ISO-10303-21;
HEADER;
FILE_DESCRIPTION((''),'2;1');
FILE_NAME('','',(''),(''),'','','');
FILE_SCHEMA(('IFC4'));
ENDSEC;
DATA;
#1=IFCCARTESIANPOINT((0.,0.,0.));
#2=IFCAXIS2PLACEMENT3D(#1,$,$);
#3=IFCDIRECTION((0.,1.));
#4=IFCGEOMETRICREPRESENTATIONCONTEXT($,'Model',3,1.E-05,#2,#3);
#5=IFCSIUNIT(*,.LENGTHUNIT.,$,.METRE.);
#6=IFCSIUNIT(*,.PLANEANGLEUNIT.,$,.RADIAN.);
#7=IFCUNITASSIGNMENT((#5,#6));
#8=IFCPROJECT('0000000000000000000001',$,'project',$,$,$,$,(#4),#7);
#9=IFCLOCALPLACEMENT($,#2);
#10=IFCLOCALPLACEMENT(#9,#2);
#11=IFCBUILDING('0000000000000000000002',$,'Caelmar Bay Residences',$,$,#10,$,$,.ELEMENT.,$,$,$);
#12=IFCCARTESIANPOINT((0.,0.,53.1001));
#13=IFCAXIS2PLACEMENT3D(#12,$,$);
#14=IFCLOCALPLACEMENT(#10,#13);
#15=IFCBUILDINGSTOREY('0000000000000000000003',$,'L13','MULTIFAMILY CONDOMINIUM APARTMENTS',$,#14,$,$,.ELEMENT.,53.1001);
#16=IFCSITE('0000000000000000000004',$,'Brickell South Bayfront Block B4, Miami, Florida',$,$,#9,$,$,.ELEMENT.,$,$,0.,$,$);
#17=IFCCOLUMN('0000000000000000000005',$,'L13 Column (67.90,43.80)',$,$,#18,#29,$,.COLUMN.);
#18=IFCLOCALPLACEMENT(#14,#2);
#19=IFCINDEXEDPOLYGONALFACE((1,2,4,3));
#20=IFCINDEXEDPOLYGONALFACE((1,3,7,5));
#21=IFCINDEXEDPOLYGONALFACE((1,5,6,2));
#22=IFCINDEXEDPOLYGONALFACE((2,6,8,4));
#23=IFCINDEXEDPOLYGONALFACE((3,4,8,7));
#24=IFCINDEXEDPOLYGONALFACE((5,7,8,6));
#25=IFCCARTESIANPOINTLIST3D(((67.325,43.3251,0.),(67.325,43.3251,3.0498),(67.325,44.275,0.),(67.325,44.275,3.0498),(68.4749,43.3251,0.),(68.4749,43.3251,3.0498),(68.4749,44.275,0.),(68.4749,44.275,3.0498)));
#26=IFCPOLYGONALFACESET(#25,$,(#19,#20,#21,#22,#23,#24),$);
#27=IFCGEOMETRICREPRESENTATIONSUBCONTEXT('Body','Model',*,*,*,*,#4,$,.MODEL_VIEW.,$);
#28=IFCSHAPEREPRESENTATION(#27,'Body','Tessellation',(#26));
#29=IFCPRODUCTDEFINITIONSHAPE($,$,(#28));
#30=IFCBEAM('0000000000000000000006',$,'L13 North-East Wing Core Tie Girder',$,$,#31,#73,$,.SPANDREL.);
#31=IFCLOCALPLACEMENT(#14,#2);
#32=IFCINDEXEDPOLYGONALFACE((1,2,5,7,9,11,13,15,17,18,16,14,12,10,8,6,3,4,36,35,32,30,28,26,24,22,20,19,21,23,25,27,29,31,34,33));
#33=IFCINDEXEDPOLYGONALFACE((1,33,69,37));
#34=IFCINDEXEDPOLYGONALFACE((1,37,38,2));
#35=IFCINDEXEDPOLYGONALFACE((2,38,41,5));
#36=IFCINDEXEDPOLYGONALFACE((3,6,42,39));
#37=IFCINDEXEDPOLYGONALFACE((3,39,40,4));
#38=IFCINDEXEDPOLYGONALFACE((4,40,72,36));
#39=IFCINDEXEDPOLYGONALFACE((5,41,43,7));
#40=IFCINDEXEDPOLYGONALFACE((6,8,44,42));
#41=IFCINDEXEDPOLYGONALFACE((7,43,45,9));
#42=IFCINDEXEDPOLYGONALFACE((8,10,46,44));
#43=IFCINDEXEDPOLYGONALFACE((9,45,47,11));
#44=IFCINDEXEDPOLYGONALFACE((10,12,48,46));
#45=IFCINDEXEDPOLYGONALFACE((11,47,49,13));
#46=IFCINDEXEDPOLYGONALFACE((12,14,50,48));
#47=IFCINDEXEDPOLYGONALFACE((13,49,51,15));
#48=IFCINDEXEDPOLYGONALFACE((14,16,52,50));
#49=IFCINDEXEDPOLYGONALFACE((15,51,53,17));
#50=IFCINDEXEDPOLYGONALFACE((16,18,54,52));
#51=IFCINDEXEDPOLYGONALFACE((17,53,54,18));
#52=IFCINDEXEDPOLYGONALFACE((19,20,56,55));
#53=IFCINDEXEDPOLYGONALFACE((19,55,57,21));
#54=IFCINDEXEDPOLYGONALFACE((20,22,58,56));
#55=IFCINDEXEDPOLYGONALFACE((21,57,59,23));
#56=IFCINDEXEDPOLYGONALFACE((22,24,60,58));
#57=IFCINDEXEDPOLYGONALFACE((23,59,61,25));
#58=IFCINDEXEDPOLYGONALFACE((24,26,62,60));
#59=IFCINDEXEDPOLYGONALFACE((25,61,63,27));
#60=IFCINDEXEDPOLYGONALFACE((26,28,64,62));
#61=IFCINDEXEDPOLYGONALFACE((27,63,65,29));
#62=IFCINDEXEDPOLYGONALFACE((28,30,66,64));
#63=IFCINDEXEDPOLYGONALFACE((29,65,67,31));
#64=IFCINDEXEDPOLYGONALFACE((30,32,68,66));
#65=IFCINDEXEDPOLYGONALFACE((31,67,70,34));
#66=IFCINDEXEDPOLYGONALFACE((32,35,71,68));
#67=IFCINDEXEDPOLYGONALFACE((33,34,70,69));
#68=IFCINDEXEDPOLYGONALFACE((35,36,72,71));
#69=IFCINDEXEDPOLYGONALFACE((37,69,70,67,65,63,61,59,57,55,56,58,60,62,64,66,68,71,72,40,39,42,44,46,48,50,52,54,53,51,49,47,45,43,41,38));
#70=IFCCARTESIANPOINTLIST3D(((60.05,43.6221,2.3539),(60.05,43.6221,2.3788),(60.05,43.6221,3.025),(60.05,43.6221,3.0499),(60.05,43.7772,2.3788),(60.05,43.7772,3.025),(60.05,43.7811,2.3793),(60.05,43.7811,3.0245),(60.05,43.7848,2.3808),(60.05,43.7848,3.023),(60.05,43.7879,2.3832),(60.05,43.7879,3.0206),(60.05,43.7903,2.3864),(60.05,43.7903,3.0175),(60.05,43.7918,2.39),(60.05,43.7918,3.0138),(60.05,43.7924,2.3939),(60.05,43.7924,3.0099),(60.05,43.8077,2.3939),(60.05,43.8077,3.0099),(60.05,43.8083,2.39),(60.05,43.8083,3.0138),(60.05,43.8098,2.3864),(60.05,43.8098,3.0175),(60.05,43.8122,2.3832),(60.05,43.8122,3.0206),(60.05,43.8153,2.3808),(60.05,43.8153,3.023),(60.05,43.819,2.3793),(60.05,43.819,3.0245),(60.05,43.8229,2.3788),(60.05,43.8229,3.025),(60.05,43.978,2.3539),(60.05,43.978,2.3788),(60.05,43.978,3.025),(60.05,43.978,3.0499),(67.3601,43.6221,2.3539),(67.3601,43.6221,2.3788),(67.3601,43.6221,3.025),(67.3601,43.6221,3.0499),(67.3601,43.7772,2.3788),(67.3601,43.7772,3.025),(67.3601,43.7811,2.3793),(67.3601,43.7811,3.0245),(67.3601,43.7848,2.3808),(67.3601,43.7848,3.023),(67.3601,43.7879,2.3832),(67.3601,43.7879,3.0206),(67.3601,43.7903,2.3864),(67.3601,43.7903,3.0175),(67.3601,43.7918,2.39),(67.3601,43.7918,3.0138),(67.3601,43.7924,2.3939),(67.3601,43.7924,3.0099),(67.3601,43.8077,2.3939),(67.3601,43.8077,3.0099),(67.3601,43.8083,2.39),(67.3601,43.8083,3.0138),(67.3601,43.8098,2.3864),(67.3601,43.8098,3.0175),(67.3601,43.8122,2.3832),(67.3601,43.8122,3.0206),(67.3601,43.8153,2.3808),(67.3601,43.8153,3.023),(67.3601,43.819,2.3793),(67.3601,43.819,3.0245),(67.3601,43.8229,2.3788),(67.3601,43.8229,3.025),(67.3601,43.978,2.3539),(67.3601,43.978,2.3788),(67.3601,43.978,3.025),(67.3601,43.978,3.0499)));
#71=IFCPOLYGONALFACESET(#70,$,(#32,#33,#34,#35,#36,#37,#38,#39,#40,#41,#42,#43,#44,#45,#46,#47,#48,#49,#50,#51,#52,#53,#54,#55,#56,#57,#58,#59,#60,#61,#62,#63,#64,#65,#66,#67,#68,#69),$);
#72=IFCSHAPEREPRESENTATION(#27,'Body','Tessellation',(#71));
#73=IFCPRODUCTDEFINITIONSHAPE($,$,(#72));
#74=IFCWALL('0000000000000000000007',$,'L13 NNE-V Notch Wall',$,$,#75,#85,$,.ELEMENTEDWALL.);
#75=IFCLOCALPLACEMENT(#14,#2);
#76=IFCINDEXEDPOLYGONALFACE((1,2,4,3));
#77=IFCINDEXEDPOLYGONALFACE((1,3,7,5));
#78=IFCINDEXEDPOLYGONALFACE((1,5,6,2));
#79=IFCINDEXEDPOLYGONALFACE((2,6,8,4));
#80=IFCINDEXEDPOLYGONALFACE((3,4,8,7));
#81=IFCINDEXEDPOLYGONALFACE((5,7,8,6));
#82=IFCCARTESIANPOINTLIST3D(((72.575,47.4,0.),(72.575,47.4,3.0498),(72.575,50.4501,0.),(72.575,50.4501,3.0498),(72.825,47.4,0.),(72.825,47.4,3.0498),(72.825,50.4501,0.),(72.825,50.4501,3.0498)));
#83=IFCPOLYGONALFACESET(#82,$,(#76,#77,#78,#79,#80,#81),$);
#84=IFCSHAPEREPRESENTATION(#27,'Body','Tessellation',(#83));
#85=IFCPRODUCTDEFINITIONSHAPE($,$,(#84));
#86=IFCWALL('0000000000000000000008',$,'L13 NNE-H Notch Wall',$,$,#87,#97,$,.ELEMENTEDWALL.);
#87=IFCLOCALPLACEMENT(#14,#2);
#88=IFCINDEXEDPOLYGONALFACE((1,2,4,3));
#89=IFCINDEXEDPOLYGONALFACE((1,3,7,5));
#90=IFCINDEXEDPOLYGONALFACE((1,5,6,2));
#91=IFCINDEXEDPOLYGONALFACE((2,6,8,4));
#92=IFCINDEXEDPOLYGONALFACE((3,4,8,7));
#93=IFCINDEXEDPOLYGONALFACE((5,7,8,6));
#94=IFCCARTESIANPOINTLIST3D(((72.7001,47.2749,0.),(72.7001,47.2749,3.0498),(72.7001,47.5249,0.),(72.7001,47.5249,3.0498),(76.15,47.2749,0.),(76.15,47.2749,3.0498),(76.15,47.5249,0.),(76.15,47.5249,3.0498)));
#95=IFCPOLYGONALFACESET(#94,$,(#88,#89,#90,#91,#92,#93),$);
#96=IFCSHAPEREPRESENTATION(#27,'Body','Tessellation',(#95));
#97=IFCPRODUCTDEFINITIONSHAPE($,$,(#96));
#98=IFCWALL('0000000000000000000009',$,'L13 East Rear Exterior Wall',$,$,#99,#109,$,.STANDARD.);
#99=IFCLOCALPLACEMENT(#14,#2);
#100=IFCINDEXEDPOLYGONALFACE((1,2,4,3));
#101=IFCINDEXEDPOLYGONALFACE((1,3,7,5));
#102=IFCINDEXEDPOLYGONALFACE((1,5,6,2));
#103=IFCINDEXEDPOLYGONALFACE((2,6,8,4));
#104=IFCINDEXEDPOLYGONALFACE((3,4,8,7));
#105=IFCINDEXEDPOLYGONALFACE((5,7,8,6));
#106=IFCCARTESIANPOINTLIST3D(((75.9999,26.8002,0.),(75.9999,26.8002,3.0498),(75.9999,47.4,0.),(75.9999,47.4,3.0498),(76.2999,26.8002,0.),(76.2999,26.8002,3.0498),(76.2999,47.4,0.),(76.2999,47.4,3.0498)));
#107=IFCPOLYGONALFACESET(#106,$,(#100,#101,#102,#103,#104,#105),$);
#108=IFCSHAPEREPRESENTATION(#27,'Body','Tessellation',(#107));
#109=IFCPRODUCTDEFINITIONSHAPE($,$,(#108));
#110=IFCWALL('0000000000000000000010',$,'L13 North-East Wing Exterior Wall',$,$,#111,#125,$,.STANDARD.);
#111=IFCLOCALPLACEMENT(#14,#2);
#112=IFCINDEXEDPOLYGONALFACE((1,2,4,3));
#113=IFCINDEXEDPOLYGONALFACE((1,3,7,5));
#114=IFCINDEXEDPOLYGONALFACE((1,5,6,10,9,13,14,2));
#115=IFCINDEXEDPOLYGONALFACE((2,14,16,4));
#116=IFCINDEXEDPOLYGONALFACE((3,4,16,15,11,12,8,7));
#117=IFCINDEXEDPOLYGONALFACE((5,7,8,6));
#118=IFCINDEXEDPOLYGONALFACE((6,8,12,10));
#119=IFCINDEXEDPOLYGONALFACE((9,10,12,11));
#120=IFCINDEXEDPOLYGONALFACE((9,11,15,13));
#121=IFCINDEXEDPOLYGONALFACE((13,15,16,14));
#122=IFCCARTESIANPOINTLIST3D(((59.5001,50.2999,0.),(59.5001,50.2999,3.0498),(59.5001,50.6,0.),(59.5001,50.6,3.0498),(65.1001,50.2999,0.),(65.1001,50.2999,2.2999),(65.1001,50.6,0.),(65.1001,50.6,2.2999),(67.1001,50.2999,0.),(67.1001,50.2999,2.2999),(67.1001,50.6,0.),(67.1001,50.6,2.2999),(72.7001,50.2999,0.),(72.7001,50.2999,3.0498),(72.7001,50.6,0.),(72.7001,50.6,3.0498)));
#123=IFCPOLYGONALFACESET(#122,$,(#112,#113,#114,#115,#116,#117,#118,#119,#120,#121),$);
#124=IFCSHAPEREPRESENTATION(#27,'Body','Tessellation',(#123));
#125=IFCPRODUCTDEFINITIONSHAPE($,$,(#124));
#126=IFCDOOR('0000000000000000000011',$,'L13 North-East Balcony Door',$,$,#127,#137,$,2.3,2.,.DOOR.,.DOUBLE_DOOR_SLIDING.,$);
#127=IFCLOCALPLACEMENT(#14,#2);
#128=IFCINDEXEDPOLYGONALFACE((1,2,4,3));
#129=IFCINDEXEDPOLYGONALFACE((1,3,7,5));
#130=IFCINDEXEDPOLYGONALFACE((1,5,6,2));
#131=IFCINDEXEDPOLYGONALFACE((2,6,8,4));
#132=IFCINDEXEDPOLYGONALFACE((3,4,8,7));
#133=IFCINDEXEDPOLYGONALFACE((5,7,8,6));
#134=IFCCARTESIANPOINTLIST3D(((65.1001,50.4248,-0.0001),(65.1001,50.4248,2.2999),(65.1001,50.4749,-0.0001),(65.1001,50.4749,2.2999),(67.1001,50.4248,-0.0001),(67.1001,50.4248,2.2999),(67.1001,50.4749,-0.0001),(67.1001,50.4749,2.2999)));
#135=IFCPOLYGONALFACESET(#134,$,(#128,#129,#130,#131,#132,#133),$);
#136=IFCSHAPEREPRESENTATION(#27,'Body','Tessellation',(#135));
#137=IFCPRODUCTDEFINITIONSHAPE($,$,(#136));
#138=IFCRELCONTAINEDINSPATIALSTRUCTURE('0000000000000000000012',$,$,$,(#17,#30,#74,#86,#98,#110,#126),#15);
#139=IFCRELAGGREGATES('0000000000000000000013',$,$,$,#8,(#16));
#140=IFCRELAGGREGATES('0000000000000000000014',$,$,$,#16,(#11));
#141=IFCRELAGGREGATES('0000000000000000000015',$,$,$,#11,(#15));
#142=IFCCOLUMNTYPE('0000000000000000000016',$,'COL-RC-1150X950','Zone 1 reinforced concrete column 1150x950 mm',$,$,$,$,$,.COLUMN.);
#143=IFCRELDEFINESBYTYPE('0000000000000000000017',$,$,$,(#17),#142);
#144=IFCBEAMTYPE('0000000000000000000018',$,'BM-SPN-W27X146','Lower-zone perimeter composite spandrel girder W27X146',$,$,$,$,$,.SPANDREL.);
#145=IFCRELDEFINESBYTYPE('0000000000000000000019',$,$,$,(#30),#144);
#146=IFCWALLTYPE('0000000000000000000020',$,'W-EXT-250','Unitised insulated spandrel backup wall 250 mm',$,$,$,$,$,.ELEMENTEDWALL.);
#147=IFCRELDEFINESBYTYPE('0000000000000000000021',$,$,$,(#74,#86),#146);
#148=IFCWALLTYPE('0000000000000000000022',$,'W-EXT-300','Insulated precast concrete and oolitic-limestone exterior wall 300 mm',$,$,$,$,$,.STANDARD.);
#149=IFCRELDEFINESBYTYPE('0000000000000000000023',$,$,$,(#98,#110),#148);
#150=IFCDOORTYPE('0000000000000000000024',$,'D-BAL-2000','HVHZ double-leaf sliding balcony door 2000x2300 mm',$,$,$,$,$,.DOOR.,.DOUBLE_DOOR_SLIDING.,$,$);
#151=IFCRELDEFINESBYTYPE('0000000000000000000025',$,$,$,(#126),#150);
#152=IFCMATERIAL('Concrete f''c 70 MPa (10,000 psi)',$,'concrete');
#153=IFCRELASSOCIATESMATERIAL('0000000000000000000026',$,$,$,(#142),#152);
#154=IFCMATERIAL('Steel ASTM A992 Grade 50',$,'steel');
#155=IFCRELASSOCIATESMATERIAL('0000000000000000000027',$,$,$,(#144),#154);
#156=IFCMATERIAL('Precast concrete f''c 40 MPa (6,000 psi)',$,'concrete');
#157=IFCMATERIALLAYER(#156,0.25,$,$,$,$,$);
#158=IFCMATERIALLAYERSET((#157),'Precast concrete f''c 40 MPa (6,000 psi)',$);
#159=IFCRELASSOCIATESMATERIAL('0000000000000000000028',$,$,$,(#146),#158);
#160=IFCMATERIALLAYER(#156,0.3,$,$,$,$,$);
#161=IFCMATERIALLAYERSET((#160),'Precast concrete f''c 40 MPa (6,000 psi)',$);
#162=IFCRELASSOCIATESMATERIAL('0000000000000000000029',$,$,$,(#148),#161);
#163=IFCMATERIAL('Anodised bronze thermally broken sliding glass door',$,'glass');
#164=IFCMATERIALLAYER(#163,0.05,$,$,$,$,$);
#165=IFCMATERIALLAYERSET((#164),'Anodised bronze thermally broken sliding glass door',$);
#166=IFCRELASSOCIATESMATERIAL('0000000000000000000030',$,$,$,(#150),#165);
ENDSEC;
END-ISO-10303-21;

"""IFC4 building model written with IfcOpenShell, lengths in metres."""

from ifc_helpers import new_model, si_unit, direction, frame, frame_2d, origin, origin_2d, place, context, subcontext, project, spatial, rectangle, i_section, extrude, material, layer, layer_set, material_profile, profile_set, type_object, element, fill, save


model = new_model("IFC4")

# Units and contexts
model_context = context("Model", 3, precision=1e-05, world=origin(), true_north=direction((0.0, 1.0)))
body_context = subcontext(model_context, "Body", "Model", "MODEL_VIEW")
ifc_project = project(units=[si_unit("LENGTHUNIT", "METRE"), si_unit("PLANEANGLEUNIT", "RADIAN")], contexts=[model_context])

# Site, building, storey
site_placement = place(None, origin())
site = spatial("IfcSite", under=ifc_project, at=site_placement, Name="Brickell South Bayfront Block B4, Miami, Florida", CompositionType="ELEMENT", RefElevation=0.0)
building_placement = place(site_placement, origin())
building = spatial("IfcBuilding", under=site, at=building_placement, Name="Caelmar Bay Residences", CompositionType="ELEMENT")
storey_placement = place(building_placement, frame((0.0, 0.0, 53.1001)))
storey = spatial("IfcBuildingStorey", under=building, at=storey_placement, Name="L13", Description="MULTIFAMILY CONDOMINIUM APARTMENTS", CompositionType="ELEMENT", Elevation=53.1001)

# Column
ifc_material_1 = material(Name="Concrete f'c 70 MPa (10,000 psi)", Category="concrete")
ifc_material_profile_1 = material_profile(ifc_material_1, rectangle(XDim=1.1499, YDim=0.95, at=origin_2d()), Name="RC-COL-1150X950")
ifc_profile_set_1 = profile_set([ifc_material_profile_1], Name="Concrete f'c 70 MPa (10,000 psi)")
column_type = type_object("IfcColumnType", Name="COL-RC-1150X950", Description="Zone 1 reinforced concrete column 1150x950 mm", PredefinedType="COLUMN", material=ifc_profile_set_1)
column_placement = place(storey_placement, frame((67.8999, 43.8, 0.0), z_axis=(0.0, 0.0, 1.0), x_axis=(1.0, 0.0, 0.0)))
element("IfcColumn", 1, at=column_placement, inside=storey, type_object=column_type, Name="L13 Column (67.90,43.80)", PredefinedType="COLUMN", context=body_context, shape_type="SweptSolid", body=[
    extrude(rectangle(XDim=1.1499, YDim=0.95, at=origin_2d()), origin(), (0.0, 0.0, 1.0), 3.0498),
])

# Beam
ifc_material_2 = material(Name="Steel ASTM A992 Grade 50", Category="steel")
ifc_material_profile_2 = material_profile(ifc_material_2, i_section(OverallWidth=0.356, OverallDepth=0.696, WebThickness=0.0154, FlangeThickness=0.0249, FilletRadius=0.0151, at=origin_2d()), Name="W27X146")
ifc_profile_set_2 = profile_set([ifc_material_profile_2], Name="Steel ASTM A992 Grade 50")
beam_type = type_object("IfcBeamType", Name="BM-SPN-W27X146", Description="Lower-zone perimeter composite spandrel girder W27X146", PredefinedType="SPANDREL", material=ifc_profile_set_2)
beam_placement = place(storey_placement, frame((60.05, 43.8, 2.7019), z_axis=(1.0, 0.0, 0.0), x_axis=(0.0, 1.0, 0.0)))
element("IfcBeam", 2, at=beam_placement, inside=storey, type_object=beam_type, Name="L13 North-East Wing Core Tie Girder", PredefinedType="SPANDREL", context=body_context, shape_type="SweptSolid", body=[
    extrude(i_section(OverallWidth=0.356, OverallDepth=0.696, WebThickness=0.0154, FlangeThickness=0.0249, FilletRadius=0.0151, at=origin_2d()), origin(), (0.0, 0.0, 1.0), 7.3101),
])

# Walls
ifc_material_3 = material(Name="Precast concrete f'c 40 MPa (6,000 psi)", Category="concrete")
ifc_layer_1 = layer(ifc_material_3, 0.25)
ifc_layer_set_1 = layer_set([ifc_layer_1], Name="Precast concrete f'c 40 MPa (6,000 psi)")
wall_type_1 = type_object("IfcWallType", Name="W-EXT-250", Description="Unitised insulated spandrel backup wall 250 mm", PredefinedType="ELEMENTEDWALL", material=ifc_layer_set_1)
wall_1_placement = place(storey_placement, frame((72.7, 50.45, 0.0), z_axis=(0.0, 0.0, 1.0), x_axis=(0.0, -1.0, 0.0)))
element("IfcWall", 3, at=wall_1_placement, inside=storey, type_object=wall_type_1, Name="L13 NNE-V Notch Wall", PredefinedType="ELEMENTEDWALL", context=body_context, shape_type="SweptSolid", body=[
    extrude(rectangle(XDim=3.05, YDim=0.25, at=frame_2d((1.5249, 0.0))), origin(), (0.0, 0.0, 1.0), 3.0498),
])
wall_2_placement = place(storey_placement, frame((72.7, 47.3999, 0.0), z_axis=(0.0, 0.0, 1.0), x_axis=(1.0, 0.0, 0.0)))
element("IfcWall", 4, at=wall_2_placement, inside=storey, type_object=wall_type_1, Name="L13 NNE-H Notch Wall", PredefinedType="ELEMENTEDWALL", context=body_context, shape_type="SweptSolid", body=[
    extrude(rectangle(XDim=3.45, YDim=0.25, at=frame_2d((1.7251, 0.0))), origin(), (0.0, 0.0, 1.0), 3.0498),
])
ifc_layer_2 = layer(ifc_material_3, 0.3)
ifc_layer_set_2 = layer_set([ifc_layer_2], Name="Precast concrete f'c 40 MPa (6,000 psi)")
wall_type_2 = type_object("IfcWallType", Name="W-EXT-300", Description="Insulated precast concrete and oolitic-limestone exterior wall 300 mm", PredefinedType="STANDARD", material=ifc_layer_set_2)
wall_3_placement = place(storey_placement, frame((76.1499, 47.3999, 0.0), z_axis=(0.0, 0.0, 1.0), x_axis=(0.0, -1.0, 0.0)))
element("IfcWall", 5, at=wall_3_placement, inside=storey, type_object=wall_type_2, Name="L13 East Rear Exterior Wall", PredefinedType="STANDARD", context=body_context, shape_type="SweptSolid", body=[
    extrude(rectangle(XDim=20.5999, YDim=0.3, at=frame_2d((10.2998, 0.0))), origin(), (0.0, 0.0, 1.0), 3.0498),
])

# Wall, opening, door
wall_4_placement = place(storey_placement, frame((59.5, 50.45, 0.0), z_axis=(0.0, 0.0, 1.0), x_axis=(1.0, 0.0, 0.0)))
wall_4 = element("IfcWall", 6, at=wall_4_placement, inside=storey, type_object=wall_type_2, Name="L13 North-East Wing Exterior Wall", PredefinedType="STANDARD", context=body_context, shape_type="SweptSolid", body=[
    extrude(rectangle(XDim=13.2, YDim=0.3, at=frame_2d((6.6001, 0.0))), origin(), (0.0, 0.0, 1.0), 3.0498),
])
opening_1_placement = place(wall_4_placement, frame((5.6001, 0.0, 0.0)))
opening_1 = element("IfcOpeningElement", 7, at=opening_1_placement, cuts=wall_4, PredefinedType="OPENING", context=body_context, shape_type="SweptSolid", body=[
    extrude(rectangle(XDim=2.0, YDim=2.3, at=frame_2d((1.0, 1.1499))), frame((0.0, 0.1599, 0.0), z_axis=(0.0, -1.0, 0.0), x_axis=(1.0, 0.0, 0.0)), (0.0, 0.0, 1.0), 0.3201),
])
ifc_material_4 = material(Name="Anodised bronze thermally broken sliding glass door", Category="glass")
ifc_layer_3 = layer(ifc_material_4, 0.05)
ifc_layer_set_3 = layer_set([ifc_layer_3], Name="Anodised bronze thermally broken sliding glass door")
door_type_1 = type_object("IfcDoorType", Name="D-BAL-2000", Description="HVHZ double-leaf sliding balcony door 2000x2300 mm", OperationType="DOUBLE_DOOR_SLIDING", PredefinedType="DOOR", material=ifc_layer_set_3)
door_1_placement = place(opening_1_placement, origin())
door_1 = element("IfcDoor", 8, at=door_1_placement, inside=storey, type_object=door_type_1, Name="L13 North-East Balcony Door", OperationType="DOUBLE_DOOR_SLIDING", OverallHeight=2.3, OverallWidth=2.0, PredefinedType="DOOR", context=body_context, shape_type="SweptSolid", body=[
    extrude(rectangle(XDim=2.0, YDim=2.3, at=frame_2d((1.0, 1.1499))), frame((0.0, 0.0249, 0.0), z_axis=(0.0, -1.0, 0.0), x_axis=(1.0, 0.0, 0.0)), (0.0, 0.0, 1.0), 0.05),
])
fill(opening_1, door_1)

save(model, "model.ifc")
